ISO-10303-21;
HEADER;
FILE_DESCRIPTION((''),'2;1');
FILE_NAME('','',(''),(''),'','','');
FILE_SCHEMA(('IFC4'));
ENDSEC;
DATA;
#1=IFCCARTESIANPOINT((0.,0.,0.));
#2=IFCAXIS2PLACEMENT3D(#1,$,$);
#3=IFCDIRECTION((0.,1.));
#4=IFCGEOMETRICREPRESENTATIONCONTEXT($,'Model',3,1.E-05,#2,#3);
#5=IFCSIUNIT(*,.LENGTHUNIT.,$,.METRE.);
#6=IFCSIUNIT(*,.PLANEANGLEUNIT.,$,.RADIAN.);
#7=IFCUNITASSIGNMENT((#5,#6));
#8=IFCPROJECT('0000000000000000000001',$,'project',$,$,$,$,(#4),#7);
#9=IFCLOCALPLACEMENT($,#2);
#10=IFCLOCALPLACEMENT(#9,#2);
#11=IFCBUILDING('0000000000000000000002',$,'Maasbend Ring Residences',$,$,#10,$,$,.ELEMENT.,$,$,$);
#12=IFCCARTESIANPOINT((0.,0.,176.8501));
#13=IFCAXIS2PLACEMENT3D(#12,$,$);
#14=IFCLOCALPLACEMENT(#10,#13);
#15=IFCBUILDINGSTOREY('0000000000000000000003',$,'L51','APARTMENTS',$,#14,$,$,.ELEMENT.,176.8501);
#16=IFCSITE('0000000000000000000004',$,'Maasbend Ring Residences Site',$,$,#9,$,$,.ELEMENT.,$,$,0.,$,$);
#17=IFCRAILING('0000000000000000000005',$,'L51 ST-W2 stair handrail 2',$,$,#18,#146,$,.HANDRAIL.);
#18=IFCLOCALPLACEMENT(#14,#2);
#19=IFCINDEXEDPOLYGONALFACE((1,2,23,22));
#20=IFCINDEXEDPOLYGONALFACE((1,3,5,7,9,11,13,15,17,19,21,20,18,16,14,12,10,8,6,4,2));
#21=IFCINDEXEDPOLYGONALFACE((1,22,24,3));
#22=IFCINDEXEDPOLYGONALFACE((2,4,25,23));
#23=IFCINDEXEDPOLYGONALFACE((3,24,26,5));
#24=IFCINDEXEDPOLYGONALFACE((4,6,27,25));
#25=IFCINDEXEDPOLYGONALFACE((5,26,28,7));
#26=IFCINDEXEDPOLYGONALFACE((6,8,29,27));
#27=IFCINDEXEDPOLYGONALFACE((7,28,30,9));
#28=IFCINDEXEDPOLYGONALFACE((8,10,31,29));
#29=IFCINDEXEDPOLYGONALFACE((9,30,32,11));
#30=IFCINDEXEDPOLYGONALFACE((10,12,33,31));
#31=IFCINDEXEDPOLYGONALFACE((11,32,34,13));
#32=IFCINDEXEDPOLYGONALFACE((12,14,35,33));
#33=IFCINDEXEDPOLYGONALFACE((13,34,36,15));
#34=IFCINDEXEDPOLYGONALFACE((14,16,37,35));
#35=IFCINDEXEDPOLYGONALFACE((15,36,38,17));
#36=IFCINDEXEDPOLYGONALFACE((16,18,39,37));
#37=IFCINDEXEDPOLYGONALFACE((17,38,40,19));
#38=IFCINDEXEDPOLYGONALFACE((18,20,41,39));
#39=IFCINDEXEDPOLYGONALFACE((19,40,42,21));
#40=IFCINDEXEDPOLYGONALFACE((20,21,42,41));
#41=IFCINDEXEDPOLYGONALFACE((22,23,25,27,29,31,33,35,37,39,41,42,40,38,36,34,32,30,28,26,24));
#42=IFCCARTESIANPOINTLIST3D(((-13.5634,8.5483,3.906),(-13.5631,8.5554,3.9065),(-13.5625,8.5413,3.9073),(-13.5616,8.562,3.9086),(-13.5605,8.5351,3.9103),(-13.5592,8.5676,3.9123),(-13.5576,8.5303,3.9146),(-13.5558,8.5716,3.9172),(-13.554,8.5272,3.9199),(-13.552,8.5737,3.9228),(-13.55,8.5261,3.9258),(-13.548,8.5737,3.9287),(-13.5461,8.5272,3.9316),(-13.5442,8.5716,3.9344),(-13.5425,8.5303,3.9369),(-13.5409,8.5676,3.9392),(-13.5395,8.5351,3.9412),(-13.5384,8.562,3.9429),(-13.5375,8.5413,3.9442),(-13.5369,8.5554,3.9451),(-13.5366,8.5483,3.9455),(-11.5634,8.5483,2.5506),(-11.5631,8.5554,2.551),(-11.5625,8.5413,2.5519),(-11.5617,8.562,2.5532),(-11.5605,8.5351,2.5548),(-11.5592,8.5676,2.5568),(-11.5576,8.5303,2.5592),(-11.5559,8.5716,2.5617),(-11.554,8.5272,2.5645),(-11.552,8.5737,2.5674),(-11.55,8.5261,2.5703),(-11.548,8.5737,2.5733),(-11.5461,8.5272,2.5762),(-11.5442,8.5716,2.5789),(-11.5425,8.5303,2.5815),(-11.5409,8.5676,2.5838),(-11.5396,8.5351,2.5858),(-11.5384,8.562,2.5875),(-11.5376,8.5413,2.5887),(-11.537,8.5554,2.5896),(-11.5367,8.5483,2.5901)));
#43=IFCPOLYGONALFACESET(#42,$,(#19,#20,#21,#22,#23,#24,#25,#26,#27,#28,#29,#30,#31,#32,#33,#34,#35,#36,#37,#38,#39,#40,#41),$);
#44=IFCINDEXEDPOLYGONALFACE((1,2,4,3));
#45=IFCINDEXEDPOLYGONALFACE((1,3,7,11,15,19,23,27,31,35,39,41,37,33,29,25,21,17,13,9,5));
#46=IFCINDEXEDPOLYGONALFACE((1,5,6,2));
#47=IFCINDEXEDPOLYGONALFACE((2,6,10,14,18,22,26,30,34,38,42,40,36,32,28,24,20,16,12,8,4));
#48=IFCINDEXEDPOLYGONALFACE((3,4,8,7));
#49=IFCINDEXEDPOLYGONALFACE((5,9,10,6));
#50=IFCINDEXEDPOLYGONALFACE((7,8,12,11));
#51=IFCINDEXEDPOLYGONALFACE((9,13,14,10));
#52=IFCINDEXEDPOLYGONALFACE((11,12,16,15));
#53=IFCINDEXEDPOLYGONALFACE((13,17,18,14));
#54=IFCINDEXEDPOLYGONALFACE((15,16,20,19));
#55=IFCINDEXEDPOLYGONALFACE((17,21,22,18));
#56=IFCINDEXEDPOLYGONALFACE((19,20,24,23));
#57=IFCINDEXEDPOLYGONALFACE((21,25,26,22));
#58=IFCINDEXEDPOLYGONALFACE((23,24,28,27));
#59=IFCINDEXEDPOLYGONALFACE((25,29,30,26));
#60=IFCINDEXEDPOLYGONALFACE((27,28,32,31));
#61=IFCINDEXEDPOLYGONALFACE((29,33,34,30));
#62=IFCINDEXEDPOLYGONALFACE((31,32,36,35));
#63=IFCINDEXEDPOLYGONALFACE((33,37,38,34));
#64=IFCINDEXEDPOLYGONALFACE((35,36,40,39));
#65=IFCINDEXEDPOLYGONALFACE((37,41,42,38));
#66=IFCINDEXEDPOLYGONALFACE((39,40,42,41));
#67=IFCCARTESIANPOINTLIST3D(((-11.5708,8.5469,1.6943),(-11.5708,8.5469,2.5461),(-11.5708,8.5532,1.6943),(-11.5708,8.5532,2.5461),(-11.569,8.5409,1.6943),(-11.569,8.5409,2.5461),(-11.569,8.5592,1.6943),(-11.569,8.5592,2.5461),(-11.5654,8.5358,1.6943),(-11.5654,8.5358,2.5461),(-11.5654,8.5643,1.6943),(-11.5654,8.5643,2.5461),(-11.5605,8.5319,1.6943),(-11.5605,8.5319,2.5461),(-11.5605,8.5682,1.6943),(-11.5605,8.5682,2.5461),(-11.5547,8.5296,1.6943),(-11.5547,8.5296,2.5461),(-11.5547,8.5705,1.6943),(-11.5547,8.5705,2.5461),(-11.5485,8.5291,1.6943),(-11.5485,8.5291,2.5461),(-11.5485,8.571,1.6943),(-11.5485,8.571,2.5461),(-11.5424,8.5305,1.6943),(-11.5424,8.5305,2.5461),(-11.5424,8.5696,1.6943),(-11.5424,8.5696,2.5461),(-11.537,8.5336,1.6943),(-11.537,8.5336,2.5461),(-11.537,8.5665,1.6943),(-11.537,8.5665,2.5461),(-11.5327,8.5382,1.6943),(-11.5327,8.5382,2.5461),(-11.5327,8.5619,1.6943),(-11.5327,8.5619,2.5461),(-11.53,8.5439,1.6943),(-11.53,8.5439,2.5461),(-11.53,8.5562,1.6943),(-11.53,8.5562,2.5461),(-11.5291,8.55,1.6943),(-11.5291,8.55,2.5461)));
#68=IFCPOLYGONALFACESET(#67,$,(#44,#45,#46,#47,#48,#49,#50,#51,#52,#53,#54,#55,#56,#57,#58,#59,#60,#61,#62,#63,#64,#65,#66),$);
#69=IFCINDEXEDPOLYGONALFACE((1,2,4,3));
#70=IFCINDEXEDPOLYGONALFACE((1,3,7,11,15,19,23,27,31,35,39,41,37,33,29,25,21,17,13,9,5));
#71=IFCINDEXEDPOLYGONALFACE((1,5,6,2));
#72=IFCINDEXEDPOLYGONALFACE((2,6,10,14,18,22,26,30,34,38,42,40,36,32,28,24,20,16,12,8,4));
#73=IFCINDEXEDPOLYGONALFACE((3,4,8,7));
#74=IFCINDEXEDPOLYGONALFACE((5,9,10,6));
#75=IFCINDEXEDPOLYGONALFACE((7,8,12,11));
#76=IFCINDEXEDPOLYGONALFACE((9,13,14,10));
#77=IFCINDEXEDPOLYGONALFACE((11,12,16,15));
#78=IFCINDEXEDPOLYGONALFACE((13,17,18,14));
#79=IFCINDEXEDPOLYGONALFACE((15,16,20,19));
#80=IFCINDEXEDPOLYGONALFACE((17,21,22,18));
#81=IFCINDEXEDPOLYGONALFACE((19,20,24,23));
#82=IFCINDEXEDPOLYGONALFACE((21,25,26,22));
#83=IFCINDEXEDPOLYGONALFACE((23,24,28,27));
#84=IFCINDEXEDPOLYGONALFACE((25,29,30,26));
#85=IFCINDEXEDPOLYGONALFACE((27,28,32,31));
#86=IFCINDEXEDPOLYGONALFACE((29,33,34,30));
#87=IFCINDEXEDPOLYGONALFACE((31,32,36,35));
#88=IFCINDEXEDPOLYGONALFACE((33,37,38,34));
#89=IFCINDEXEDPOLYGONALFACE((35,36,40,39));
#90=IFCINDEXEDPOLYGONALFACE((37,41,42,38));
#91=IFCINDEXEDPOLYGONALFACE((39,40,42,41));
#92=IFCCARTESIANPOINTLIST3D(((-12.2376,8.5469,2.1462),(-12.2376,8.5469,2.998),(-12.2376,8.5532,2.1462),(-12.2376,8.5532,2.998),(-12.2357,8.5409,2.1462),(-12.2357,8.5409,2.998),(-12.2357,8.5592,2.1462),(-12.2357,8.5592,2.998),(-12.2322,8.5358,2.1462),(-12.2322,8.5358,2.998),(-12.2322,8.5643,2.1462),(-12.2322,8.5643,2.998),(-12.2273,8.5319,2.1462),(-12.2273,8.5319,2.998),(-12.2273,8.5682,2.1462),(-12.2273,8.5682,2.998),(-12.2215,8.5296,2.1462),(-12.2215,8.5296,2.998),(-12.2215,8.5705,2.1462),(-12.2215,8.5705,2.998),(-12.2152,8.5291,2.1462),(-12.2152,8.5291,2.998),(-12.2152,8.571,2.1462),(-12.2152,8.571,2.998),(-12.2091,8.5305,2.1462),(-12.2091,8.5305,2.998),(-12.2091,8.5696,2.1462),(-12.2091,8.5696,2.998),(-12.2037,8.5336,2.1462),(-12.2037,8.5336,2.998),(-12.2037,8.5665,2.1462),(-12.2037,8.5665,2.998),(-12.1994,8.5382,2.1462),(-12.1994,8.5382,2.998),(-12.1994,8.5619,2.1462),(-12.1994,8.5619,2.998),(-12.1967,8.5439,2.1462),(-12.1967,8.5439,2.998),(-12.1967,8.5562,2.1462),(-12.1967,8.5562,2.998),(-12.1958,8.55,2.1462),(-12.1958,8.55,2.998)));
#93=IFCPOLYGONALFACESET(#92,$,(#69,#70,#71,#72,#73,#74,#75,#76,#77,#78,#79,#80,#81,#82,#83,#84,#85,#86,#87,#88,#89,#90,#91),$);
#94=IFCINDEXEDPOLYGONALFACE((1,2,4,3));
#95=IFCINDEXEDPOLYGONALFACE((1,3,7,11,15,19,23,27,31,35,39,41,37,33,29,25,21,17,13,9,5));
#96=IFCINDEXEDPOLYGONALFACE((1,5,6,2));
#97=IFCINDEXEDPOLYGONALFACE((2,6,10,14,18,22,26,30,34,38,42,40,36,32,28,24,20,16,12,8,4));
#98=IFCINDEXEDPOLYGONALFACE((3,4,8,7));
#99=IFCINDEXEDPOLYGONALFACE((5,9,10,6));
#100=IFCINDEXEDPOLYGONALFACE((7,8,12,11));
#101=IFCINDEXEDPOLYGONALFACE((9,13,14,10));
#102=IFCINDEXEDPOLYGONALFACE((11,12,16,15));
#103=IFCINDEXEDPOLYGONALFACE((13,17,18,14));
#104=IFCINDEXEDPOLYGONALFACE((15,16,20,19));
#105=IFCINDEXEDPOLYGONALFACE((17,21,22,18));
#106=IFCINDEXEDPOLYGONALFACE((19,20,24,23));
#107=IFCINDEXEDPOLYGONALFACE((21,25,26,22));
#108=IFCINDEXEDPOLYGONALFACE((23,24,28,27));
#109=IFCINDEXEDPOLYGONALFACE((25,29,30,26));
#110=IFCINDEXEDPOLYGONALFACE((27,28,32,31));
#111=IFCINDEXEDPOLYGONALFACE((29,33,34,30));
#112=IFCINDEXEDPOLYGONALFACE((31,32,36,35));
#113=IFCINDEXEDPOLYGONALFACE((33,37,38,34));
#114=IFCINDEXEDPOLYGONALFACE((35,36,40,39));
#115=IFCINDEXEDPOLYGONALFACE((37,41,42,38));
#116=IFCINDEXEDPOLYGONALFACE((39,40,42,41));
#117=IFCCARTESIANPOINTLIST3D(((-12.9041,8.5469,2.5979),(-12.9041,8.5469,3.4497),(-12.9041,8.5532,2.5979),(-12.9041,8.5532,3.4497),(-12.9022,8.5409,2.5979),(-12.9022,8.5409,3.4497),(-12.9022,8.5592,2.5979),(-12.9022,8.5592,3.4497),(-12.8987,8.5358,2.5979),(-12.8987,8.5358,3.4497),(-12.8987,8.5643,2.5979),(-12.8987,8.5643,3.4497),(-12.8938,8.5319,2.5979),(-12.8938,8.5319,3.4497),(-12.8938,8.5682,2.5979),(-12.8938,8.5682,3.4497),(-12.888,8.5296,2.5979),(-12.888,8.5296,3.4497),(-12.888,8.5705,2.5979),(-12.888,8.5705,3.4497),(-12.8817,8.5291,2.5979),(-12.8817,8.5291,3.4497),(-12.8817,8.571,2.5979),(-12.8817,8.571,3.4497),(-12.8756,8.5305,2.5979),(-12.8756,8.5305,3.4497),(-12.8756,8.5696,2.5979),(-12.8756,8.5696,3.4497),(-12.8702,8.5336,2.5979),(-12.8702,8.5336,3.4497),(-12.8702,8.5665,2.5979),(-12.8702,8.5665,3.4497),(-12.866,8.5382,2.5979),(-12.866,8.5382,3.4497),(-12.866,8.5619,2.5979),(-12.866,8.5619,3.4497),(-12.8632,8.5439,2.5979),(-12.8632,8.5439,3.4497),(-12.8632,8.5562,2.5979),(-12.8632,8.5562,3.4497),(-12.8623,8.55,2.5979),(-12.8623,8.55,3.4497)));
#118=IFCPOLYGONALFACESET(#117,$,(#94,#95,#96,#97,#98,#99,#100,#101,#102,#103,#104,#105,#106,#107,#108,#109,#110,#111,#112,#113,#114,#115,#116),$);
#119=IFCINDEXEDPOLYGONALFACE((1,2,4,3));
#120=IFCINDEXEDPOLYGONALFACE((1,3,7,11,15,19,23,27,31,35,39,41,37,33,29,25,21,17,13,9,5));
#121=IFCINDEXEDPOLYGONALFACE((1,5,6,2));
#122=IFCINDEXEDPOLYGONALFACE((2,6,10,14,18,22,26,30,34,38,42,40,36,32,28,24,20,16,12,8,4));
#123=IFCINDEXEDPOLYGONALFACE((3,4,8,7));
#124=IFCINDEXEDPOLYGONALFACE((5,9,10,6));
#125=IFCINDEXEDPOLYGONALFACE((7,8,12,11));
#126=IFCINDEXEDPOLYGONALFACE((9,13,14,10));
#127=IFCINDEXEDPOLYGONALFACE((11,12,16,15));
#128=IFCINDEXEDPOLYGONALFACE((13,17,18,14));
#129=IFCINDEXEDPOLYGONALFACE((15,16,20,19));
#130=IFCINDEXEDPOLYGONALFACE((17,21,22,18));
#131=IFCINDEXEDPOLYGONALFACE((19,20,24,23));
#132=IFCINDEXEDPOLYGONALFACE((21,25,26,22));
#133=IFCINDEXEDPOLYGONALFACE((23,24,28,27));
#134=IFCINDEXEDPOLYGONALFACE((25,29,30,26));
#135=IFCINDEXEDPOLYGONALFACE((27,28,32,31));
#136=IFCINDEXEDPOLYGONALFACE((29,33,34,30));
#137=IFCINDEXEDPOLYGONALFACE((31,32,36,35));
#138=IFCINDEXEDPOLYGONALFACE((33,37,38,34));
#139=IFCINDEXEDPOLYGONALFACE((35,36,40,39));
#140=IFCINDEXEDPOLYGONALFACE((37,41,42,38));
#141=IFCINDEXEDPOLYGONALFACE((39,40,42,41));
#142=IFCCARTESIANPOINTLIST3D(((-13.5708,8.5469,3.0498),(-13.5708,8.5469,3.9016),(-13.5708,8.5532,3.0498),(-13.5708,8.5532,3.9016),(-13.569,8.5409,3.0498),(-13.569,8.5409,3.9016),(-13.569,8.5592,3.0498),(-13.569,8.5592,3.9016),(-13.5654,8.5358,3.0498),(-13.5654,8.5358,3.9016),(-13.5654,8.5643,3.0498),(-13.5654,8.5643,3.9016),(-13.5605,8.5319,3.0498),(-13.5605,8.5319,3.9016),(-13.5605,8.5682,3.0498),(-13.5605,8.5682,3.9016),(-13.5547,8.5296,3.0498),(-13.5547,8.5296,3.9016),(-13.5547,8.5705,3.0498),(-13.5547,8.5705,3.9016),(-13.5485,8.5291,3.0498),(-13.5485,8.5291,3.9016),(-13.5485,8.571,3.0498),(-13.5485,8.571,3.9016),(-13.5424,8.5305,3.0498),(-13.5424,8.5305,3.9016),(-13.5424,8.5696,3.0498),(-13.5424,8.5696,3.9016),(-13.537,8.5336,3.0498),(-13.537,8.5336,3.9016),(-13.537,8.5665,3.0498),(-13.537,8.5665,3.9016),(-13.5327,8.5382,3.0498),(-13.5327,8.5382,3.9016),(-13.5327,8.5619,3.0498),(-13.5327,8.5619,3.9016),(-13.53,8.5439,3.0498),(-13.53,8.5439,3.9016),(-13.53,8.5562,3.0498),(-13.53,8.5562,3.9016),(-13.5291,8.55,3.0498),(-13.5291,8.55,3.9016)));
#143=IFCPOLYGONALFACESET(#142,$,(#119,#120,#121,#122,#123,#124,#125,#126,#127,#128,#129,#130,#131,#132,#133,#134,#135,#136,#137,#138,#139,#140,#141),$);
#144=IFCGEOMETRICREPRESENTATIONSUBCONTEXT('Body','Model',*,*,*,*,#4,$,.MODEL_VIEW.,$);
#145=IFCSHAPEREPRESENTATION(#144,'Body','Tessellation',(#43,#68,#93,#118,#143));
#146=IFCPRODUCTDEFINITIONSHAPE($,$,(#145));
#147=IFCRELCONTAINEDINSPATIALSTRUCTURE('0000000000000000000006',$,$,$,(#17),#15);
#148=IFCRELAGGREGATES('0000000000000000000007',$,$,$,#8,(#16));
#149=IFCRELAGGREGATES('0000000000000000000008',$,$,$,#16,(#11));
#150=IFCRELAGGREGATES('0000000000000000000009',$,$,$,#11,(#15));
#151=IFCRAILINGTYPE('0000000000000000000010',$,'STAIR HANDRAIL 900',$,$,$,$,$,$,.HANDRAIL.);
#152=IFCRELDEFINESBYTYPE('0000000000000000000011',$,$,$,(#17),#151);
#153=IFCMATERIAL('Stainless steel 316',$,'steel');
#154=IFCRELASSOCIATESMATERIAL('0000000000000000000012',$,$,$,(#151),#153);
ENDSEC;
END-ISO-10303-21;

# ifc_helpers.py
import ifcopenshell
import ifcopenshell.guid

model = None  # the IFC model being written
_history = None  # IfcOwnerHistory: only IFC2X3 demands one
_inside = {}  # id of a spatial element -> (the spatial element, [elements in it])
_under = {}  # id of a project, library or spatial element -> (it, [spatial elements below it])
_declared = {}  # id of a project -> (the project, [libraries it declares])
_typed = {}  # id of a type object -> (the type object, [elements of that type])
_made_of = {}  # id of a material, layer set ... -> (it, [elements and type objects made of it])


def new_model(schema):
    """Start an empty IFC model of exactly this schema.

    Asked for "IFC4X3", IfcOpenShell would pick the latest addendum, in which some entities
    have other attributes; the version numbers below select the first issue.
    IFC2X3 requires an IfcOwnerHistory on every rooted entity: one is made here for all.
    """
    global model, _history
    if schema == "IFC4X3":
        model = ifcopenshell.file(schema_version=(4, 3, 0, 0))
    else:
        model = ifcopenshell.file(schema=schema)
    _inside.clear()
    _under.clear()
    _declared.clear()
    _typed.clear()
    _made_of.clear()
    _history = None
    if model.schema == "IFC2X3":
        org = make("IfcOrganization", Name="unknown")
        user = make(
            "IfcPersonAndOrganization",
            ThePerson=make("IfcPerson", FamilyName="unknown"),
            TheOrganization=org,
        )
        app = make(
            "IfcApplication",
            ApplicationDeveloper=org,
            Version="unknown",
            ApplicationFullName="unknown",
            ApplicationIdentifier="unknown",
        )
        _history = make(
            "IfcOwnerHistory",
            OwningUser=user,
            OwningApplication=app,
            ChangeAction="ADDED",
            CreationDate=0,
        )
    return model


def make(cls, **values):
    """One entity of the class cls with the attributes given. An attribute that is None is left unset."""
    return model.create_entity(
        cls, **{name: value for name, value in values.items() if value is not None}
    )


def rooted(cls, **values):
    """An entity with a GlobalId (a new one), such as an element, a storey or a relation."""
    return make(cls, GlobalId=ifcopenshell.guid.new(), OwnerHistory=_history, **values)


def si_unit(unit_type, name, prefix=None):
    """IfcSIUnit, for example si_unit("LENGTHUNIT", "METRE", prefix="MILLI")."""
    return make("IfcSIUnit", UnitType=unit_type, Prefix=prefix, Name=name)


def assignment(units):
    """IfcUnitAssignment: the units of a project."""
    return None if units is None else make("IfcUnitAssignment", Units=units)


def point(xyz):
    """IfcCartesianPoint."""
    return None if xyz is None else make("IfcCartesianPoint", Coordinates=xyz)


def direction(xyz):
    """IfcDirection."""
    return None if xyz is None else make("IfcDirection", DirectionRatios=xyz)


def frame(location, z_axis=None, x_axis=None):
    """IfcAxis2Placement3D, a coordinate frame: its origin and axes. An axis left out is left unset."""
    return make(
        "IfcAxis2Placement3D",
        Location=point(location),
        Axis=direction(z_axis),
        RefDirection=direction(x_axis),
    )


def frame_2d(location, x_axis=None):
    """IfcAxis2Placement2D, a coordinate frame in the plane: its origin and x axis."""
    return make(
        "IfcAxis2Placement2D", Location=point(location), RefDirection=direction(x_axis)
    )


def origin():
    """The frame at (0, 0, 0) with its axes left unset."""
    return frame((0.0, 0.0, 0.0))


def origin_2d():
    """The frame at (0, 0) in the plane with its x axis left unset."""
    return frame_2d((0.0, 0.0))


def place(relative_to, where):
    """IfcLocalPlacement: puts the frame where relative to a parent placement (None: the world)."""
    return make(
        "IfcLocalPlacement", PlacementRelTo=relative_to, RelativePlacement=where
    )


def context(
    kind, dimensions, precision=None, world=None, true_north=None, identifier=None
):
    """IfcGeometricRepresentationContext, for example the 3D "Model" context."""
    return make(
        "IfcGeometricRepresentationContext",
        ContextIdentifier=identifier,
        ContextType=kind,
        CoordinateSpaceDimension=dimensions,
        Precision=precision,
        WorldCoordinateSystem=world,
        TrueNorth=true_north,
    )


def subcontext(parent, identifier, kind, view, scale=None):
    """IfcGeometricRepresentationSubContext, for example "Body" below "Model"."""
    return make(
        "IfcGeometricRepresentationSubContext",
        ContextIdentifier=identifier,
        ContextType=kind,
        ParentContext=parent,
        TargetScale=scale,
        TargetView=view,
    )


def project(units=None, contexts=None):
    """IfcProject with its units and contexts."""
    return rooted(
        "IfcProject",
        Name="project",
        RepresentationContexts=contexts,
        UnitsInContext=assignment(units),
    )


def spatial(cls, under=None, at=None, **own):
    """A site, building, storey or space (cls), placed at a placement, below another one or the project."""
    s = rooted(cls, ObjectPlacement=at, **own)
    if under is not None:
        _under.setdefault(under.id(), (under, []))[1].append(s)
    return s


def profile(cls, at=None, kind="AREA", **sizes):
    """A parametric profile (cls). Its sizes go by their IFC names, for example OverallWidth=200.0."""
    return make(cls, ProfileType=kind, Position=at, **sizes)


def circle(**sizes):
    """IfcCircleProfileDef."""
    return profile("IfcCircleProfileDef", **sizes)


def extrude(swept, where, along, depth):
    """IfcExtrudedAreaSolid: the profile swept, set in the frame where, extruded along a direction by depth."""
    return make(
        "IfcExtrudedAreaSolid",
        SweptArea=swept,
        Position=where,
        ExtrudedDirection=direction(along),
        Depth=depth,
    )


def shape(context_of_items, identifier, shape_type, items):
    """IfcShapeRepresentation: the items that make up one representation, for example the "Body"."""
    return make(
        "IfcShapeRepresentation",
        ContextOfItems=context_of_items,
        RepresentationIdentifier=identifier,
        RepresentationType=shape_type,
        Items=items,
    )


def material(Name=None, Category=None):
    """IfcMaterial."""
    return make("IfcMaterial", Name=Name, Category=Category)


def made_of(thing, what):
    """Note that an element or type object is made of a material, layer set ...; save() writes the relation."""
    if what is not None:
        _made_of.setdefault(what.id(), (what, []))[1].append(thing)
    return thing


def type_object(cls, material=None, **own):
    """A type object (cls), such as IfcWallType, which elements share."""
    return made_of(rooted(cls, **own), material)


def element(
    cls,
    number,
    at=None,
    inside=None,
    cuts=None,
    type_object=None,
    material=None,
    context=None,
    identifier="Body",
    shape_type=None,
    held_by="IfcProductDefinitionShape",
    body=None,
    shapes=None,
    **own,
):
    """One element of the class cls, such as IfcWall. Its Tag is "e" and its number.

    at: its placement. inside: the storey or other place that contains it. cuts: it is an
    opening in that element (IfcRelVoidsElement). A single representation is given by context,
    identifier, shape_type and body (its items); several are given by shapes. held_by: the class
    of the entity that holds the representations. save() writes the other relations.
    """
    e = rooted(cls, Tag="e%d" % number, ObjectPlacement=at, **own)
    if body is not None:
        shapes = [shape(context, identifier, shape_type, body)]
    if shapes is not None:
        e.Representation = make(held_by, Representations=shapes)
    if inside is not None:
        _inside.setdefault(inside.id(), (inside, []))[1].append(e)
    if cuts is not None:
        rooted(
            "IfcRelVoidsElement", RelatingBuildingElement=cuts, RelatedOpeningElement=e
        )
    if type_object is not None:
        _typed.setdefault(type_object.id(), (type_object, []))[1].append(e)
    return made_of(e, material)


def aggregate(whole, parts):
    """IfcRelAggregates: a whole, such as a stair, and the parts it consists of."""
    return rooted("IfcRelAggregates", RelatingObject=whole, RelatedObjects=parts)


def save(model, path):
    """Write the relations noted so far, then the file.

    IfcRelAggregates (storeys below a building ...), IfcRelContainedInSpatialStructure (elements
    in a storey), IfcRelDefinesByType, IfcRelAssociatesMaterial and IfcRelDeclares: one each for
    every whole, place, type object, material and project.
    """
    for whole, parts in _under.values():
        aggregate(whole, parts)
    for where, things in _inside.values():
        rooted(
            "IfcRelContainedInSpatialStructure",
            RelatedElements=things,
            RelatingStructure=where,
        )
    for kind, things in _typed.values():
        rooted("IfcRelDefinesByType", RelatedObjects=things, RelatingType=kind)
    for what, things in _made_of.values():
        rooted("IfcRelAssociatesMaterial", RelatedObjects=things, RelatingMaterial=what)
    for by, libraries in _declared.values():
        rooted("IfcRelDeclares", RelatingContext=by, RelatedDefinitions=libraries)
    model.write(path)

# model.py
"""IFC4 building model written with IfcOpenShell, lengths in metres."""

from ifc_helpers import new_model, si_unit, direction, frame, origin, origin_2d, place, context, subcontext, project, spatial, circle, extrude, material, type_object, element, save


model = new_model("IFC4")

# Units and contexts
model_context = context("Model", 3, precision=1e-05, world=origin(), true_north=direction((0.0, 1.0)))
body_context = subcontext(model_context, "Body", "Model", "MODEL_VIEW")
ifc_project = project(units=[si_unit("LENGTHUNIT", "METRE"), si_unit("PLANEANGLEUNIT", "RADIAN")], contexts=[model_context])

# Site, building, storey
site_placement = place(None, origin())
site = spatial("IfcSite", under=ifc_project, at=site_placement, Name="Maasbend Ring Residences Site", CompositionType="ELEMENT", RefElevation=0.0)
building_placement = place(site_placement, origin())
building = spatial("IfcBuilding", under=site, at=building_placement, Name="Maasbend Ring Residences", CompositionType="ELEMENT")
storey_placement = place(building_placement, frame((0.0, 0.0, 176.8501)))
storey = spatial("IfcBuildingStorey", under=building, at=storey_placement, Name="L51", Description="APARTMENTS", CompositionType="ELEMENT", Elevation=176.8501)

# Railing
ifc_material_1 = material(Name="Stainless steel 316", Category="steel")
railing_type_1 = type_object("IfcRailingType", Name="STAIR HANDRAIL 900", PredefinedType="HANDRAIL", material=ifc_material_1)
railing_1_placement = place(storey_placement, frame((-11.55, 8.55, 1.6943)))
element("IfcRailing", 1, at=railing_1_placement, inside=storey, type_object=railing_type_1, Name="L51 ST-W2 stair handrail 2", PredefinedType="HANDRAIL", context=body_context, shape_type="SweptSolid", body=[
    extrude(circle(Radius=0.0239, at=origin_2d()), frame((0.0, 0.0, 0.876), z_axis=(-0.827798, 0.0, 0.561027), x_axis=(0.0, -1.0, 0.0)), (0.0, 0.0, 1.0), 2.416),
    extrude(circle(Radius=0.021, at=origin_2d()), origin(), (0.0, 0.0, 1.0), 0.8518),
    extrude(circle(Radius=0.021, at=origin_2d()), frame((-0.6667, 0.0, 0.4519)), (0.0, 0.0, 1.0), 0.8518),
    extrude(circle(Radius=0.021, at=origin_2d()), frame((-1.3333, 0.0, 0.9036)), (0.0, 0.0, 1.0), 0.8518),
    extrude(circle(Radius=0.021, at=origin_2d()), frame((-2.0, 0.0, 1.3555)), (0.0, 0.0, 1.0), 0.8518),
])

save(model, "model.ifc")
